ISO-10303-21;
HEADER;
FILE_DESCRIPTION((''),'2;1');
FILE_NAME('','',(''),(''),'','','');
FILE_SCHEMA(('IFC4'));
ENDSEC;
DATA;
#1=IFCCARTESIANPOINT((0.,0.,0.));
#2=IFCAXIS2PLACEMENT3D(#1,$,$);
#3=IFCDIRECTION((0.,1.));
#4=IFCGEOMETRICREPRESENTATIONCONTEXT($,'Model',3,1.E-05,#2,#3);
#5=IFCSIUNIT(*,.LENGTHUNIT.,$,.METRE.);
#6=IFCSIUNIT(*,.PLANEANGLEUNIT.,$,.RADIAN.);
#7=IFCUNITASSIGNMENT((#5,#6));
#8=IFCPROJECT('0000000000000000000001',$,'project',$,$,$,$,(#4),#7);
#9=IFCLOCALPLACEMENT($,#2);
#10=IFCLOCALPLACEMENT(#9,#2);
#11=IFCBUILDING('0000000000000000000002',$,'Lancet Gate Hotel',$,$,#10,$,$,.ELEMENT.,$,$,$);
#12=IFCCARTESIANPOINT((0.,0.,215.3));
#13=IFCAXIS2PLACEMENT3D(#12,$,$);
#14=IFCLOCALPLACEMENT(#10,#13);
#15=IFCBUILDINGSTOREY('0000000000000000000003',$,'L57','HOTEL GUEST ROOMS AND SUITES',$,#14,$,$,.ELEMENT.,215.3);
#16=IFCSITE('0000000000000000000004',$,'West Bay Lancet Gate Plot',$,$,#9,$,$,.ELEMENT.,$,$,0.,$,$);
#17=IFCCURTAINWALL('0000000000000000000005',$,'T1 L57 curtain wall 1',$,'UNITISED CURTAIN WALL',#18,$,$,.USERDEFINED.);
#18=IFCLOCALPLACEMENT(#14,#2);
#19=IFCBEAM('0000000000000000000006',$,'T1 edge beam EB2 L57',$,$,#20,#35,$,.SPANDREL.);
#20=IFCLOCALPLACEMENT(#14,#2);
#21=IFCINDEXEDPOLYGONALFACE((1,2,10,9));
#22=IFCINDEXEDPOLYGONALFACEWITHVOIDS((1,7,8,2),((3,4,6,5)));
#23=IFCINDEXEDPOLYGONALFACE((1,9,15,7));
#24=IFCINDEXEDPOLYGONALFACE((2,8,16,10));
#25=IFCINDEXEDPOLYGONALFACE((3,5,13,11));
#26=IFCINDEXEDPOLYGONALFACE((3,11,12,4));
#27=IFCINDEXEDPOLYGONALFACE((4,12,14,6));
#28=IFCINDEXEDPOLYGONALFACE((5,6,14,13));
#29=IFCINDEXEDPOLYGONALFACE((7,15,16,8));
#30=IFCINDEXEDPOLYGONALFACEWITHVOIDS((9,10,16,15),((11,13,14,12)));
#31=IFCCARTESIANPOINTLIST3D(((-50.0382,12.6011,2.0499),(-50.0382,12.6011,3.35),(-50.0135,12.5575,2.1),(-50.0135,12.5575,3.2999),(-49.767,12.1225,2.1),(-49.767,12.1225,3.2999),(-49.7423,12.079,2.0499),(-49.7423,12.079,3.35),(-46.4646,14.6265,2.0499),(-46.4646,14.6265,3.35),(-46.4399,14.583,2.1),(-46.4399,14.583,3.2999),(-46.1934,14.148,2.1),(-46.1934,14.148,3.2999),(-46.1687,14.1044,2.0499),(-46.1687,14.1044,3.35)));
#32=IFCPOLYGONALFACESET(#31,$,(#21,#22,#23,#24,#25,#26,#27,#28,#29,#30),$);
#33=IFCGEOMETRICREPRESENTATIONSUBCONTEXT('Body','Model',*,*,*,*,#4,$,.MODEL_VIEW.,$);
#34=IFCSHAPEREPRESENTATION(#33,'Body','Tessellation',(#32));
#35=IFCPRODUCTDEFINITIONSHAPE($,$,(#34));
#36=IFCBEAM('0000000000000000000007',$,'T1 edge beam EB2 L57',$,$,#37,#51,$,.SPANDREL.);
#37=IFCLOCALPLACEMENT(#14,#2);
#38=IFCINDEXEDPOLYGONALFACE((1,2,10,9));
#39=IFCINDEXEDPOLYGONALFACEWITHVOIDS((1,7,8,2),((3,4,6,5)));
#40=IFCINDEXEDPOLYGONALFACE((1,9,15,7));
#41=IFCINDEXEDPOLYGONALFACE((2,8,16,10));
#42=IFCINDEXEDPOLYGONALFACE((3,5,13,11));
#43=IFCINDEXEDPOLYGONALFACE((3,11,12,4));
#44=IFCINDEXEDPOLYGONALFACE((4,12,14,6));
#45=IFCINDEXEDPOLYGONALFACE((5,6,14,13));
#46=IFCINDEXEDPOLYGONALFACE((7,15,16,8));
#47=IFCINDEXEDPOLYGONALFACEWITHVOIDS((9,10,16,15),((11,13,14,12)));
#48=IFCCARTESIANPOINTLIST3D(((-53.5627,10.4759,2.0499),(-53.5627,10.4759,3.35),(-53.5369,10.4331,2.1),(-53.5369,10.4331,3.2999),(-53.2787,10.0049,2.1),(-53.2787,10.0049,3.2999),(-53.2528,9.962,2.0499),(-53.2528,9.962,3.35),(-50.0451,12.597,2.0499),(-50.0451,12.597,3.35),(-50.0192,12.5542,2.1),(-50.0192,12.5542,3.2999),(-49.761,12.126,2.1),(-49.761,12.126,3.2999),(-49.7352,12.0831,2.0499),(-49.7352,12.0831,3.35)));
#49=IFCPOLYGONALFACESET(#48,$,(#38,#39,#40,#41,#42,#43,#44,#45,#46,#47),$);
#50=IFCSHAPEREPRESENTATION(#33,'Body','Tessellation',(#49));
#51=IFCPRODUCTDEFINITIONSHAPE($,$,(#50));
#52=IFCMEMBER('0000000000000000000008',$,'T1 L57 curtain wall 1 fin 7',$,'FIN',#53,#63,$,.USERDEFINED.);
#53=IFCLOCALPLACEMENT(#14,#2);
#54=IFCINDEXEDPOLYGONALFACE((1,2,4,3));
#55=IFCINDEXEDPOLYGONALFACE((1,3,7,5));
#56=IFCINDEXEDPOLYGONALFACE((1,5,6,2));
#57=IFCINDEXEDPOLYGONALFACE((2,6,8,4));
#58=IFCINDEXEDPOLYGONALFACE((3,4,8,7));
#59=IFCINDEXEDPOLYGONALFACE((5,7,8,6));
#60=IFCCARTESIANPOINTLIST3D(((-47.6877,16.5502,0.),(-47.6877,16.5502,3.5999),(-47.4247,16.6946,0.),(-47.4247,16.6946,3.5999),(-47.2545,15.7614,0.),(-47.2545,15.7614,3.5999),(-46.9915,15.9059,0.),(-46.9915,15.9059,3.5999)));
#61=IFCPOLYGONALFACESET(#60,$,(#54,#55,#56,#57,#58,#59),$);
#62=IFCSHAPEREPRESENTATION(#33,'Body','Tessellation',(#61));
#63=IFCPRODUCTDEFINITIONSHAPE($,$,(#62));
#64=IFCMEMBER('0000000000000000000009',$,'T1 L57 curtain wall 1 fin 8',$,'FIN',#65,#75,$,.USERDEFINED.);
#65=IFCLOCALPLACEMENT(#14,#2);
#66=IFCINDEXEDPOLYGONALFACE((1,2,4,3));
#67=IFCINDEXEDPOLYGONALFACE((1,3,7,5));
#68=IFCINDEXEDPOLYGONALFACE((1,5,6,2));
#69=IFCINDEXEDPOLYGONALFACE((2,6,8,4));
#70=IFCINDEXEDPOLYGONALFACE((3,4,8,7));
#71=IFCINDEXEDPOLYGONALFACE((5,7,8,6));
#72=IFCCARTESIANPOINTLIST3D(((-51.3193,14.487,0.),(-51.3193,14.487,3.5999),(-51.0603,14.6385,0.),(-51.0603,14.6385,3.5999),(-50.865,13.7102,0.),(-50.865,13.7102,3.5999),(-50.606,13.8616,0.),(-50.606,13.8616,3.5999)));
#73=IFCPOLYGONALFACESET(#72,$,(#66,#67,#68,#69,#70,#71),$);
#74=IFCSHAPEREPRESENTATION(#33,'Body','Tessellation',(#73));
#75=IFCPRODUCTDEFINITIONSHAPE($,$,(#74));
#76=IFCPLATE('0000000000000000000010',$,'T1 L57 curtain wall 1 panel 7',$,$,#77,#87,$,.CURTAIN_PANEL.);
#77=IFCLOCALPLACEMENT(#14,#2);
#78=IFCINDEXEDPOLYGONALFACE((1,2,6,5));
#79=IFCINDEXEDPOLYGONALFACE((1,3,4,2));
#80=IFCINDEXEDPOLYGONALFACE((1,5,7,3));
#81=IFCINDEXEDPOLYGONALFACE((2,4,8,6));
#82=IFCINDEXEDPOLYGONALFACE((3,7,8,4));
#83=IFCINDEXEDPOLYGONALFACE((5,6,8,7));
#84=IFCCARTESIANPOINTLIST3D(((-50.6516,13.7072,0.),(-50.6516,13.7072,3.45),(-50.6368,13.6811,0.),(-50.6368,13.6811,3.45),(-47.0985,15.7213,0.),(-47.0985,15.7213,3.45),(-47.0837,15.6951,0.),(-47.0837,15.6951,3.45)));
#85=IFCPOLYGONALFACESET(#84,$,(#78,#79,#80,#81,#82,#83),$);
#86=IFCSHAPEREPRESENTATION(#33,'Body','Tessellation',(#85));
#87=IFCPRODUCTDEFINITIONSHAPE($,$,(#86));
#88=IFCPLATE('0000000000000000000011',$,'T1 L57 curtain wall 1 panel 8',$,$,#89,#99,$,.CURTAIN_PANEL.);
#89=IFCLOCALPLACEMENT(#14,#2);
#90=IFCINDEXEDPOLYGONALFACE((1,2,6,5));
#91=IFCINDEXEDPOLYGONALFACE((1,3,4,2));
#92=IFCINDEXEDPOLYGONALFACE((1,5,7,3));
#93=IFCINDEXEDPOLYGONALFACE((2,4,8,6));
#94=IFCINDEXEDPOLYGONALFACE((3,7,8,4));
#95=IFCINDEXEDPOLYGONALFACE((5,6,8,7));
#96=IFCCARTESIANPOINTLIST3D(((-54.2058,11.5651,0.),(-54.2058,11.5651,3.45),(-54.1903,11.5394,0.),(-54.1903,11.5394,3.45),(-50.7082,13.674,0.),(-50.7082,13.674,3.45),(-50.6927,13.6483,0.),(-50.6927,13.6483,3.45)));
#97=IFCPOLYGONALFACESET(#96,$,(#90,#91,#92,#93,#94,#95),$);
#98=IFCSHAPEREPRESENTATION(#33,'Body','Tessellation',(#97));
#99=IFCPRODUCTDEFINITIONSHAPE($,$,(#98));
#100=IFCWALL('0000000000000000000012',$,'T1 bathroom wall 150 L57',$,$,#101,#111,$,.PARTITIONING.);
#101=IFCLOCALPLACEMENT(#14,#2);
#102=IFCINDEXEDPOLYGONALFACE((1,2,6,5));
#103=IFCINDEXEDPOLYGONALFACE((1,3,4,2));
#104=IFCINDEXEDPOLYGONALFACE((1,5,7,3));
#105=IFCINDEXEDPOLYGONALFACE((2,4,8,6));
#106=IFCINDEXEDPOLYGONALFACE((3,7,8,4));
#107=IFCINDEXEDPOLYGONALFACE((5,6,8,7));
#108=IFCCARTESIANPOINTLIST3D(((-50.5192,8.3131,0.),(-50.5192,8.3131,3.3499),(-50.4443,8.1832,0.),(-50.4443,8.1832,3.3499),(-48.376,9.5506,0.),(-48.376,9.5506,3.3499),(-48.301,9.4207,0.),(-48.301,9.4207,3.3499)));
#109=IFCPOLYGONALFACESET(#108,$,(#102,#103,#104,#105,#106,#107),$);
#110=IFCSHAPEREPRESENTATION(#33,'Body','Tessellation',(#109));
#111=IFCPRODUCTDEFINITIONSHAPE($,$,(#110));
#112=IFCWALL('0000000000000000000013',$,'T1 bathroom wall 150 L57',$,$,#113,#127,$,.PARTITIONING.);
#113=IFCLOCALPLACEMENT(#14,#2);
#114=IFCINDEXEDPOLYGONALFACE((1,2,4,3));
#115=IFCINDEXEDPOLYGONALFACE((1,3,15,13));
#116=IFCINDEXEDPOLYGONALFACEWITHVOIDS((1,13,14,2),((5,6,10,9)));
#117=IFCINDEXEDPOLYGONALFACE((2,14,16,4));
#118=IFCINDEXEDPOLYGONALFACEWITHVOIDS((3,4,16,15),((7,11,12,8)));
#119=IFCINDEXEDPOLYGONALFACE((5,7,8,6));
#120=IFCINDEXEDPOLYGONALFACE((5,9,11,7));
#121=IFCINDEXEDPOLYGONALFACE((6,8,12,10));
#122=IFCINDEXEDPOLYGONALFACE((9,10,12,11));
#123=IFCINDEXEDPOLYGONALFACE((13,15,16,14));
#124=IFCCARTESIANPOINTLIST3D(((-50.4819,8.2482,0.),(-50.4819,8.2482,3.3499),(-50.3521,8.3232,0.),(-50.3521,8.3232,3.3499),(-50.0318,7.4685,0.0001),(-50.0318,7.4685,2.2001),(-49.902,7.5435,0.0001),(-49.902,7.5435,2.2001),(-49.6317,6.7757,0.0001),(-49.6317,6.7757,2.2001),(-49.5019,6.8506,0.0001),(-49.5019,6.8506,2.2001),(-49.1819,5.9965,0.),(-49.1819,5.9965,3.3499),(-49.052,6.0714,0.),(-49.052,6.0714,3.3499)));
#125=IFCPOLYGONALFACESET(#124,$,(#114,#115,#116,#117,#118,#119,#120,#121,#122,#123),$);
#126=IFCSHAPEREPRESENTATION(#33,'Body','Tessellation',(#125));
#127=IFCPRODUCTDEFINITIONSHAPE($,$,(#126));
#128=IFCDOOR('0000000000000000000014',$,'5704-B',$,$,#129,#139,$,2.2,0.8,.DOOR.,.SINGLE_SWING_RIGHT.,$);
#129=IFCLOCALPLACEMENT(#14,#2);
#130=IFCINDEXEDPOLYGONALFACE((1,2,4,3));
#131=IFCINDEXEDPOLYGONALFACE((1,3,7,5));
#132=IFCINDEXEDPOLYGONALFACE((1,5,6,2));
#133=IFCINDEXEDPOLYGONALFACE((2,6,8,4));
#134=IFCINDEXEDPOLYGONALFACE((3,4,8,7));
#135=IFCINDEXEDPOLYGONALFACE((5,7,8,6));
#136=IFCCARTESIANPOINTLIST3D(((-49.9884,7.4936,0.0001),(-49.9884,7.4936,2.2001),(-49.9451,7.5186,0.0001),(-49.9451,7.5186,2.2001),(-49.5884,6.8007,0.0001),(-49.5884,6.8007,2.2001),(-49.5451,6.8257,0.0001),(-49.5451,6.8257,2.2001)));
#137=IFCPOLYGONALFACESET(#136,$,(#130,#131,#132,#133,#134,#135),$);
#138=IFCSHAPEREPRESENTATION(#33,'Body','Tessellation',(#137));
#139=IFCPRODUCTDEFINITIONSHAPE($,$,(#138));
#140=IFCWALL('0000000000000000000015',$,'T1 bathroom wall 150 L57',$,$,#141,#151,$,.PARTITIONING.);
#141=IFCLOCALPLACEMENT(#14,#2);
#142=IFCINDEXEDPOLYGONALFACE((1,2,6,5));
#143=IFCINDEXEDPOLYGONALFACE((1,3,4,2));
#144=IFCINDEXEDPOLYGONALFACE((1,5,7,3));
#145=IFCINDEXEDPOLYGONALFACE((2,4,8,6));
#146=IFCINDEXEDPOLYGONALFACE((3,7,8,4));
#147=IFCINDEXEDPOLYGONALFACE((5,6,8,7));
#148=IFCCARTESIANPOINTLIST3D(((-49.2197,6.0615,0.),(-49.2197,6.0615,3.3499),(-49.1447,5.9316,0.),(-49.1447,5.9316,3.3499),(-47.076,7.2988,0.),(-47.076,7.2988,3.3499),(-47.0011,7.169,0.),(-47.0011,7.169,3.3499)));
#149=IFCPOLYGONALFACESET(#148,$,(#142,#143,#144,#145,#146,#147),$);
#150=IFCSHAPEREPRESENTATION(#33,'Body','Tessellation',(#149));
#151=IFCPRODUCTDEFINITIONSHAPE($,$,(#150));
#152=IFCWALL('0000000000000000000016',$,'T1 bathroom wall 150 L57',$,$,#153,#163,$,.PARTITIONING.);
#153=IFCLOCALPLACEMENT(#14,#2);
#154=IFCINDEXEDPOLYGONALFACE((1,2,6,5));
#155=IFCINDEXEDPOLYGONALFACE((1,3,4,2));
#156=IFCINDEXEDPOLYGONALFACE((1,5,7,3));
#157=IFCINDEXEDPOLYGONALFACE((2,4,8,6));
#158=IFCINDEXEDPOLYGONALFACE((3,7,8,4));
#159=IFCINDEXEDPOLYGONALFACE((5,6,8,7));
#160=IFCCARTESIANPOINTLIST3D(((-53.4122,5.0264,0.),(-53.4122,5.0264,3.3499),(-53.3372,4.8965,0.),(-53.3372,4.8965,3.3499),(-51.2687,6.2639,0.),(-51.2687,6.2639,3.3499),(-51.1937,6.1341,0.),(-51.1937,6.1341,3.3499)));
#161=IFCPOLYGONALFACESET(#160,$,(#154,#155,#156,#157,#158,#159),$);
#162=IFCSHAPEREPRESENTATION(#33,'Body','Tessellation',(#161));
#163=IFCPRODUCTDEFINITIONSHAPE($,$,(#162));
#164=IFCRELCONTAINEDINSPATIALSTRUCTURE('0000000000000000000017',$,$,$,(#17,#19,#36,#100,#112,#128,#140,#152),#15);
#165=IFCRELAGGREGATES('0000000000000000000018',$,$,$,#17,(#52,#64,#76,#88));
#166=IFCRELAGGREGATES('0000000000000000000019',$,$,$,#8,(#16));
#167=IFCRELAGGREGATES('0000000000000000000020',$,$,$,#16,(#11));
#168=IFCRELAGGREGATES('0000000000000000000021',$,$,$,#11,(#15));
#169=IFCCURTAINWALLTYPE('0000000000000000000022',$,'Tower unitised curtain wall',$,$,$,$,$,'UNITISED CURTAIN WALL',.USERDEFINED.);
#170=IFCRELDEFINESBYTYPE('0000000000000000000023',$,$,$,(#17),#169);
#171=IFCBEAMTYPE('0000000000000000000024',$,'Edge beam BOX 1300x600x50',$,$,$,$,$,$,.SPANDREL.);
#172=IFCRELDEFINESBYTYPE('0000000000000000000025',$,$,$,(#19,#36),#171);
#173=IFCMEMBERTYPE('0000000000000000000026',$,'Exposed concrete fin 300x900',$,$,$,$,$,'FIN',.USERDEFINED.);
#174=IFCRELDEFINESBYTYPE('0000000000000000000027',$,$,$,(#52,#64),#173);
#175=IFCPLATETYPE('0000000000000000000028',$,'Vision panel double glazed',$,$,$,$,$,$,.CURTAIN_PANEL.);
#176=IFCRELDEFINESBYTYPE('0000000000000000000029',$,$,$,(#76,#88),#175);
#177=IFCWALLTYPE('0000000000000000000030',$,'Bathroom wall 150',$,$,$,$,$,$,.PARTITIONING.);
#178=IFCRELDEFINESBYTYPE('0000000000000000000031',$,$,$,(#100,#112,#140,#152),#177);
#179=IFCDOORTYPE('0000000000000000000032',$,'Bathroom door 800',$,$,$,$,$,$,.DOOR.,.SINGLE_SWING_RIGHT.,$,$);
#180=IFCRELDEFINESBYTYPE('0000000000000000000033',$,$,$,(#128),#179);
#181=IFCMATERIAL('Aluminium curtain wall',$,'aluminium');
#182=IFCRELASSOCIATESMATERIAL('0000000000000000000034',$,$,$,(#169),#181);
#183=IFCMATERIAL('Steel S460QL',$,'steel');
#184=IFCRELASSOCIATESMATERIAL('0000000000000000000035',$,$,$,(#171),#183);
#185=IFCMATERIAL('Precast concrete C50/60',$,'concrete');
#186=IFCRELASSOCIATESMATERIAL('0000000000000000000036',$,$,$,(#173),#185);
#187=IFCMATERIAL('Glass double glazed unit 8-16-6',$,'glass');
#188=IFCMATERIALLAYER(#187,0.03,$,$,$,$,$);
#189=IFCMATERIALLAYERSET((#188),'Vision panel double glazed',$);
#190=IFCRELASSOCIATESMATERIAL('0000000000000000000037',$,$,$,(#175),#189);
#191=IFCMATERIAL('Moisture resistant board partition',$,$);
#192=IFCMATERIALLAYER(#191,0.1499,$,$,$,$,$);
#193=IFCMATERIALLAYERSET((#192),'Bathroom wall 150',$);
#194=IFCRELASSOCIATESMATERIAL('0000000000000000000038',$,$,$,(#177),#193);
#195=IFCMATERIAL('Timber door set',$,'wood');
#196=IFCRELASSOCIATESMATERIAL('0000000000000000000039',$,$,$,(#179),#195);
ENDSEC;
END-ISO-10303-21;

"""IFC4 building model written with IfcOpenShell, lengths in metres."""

from ifc_helpers import new_model, si_unit, direction, frame, frame_2d, origin, origin_2d, place, context, subcontext, project, spatial, rectangle, hollow_rectangle, extrude, material, layer, layer_set, material_profile, profile_set, type_object, element, fill, aggregate, save


model = new_model("IFC4")

# Units and contexts
model_context = context("Model", 3, precision=1e-05, world=origin(), true_north=direction((0.0, 1.0)))
body_context = subcontext(model_context, "Body", "Model", "MODEL_VIEW")
ifc_project = project(units=[si_unit("LENGTHUNIT", "METRE"), si_unit("PLANEANGLEUNIT", "RADIAN")], contexts=[model_context])

# Site, building, storey
site_placement = place(None, origin())
site = spatial("IfcSite", under=ifc_project, at=site_placement, Name="West Bay Lancet Gate Plot", CompositionType="ELEMENT", RefElevation=0.0)
building_placement = place(site_placement, origin())
building = spatial("IfcBuilding", under=site, at=building_placement, Name="Lancet Gate Hotel", CompositionType="ELEMENT")
storey_placement = place(building_placement, frame((0.0, 0.0, 215.3)))
storey = spatial("IfcBuildingStorey", under=building, at=storey_placement, Name="L57", Description="HOTEL GUEST ROOMS AND SUITES", CompositionType="ELEMENT", Elevation=215.3)

# Curtain wall
ifc_material_1 = material(Name="Aluminium curtain wall", Category="aluminium")
curtain_wall_type = type_object("IfcCurtainWallType", Name="Tower unitised curtain wall", ElementType="UNITISED CURTAIN WALL", PredefinedType="USERDEFINED", material=ifc_material_1)
curtain_wall_placement = place(storey_placement, origin())
curtain_wall = element("IfcCurtainWall", 1, at=curtain_wall_placement, inside=storey, type_object=curtain_wall_type, Name="T1 L57 curtain wall 1", ObjectType="UNITISED CURTAIN WALL", PredefinedType="USERDEFINED")

# Beams
ifc_material_2 = material(Name="Steel S460QL", Category="steel")
ifc_material_profile_1 = material_profile(ifc_material_2, hollow_rectangle(XDim=0.6001, YDim=1.3, WallThickness=0.05, at=origin_2d()), Name="BOX 1300x600x50")
ifc_profile_set_1 = profile_set([ifc_material_profile_1], Name="Steel S460QL")
beam_type = type_object("IfcBeamType", Name="Edge beam BOX 1300x600x50", PredefinedType="SPANDREL", material=ifc_profile_set_1)
for number, where, z_axis, x_axis, name in (
    (2, (-46.3167, 14.3655, 2.7), (-0.869979, -0.493089, 0.0), (0.493089, -0.869979, 0.0), "T1 edge beam EB2 L57"),
    (3, (-49.8901, 12.3401, 2.7), (-0.856358, -0.516382, 0.0), (0.516382, -0.856358, 0.0), "T1 edge beam EB2 L57"),
):
    element("IfcBeam", number, at=place(storey_placement, frame(where, z_axis=z_axis, x_axis=x_axis)), inside=storey, type_object=beam_type, Name=name, PredefinedType="SPANDREL", context=body_context, shape_type="SweptSolid", body=[
        extrude(hollow_rectangle(XDim=0.6001, YDim=1.3, WallThickness=0.05, at=origin_2d()), origin(), (0.0, 0.0, 1.0), 4.1077),
    ])

# Members
ifc_material_3 = material(Name="Precast concrete C50/60", Category="concrete")
ifc_material_profile_2 = material_profile(ifc_material_3, rectangle(XDim=0.3, YDim=0.8999, at=origin_2d()), Name="FIN 300x900")
ifc_profile_set_2 = profile_set([ifc_material_profile_2], Name="Precast concrete C50/60")
member_type_1 = type_object("IfcMemberType", Name="Exposed concrete fin 300x900", ElementType="FIN", PredefinedType="USERDEFINED", material=ifc_profile_set_2)
member_1_placement = place(storey_placement, frame((-47.3396, 16.228, 0.0), z_axis=(0.0, 0.0, 1.0), x_axis=(-0.876516, -0.481372, 0.0)))
member_1 = element("IfcMember", 4, at=member_1_placement, type_object=member_type_1, Name="T1 L57 curtain wall 1 fin 7", ObjectType="FIN", PredefinedType="USERDEFINED", context=body_context, shape_type="SweptSolid", body=[
    extrude(rectangle(XDim=0.3, YDim=0.8999, at=origin_2d()), origin(), (0.0, 0.0, 1.0), 3.5999),
])
member_2_placement = place(storey_placement, frame((-50.9626, 14.1743, 0.0), z_axis=(0.0, 0.0, 1.0), x_axis=(-0.863242, -0.50479, 0.0)))
member_2 = element("IfcMember", 5, at=member_2_placement, type_object=member_type_1, Name="T1 L57 curtain wall 1 fin 8", ObjectType="FIN", PredefinedType="USERDEFINED", context=body_context, shape_type="SweptSolid", body=[
    extrude(rectangle(XDim=0.3, YDim=0.8999, at=origin_2d()), origin(), (0.0, 0.0, 1.0), 3.5999),
])

# Plates
ifc_material_4 = material(Name="Glass double glazed unit 8-16-6", Category="glass")
ifc_layer_1 = layer(ifc_material_4, 0.03)
ifc_layer_set_1 = layer_set([ifc_layer_1], Name="Vision panel double glazed")
plate_type = type_object("IfcPlateType", Name="Vision panel double glazed", PredefinedType="CURTAIN_PANEL", material=ifc_layer_set_1)
plate_1_placement = place(storey_placement, frame((-48.8677, 14.7012, 0.0), z_axis=(0.0, 0.0, 1.0), x_axis=(-0.869958, -0.493126, 0.0)))
plate_1 = element("IfcPlate", 6, at=plate_1_placement, type_object=plate_type, Name="T1 L57 curtain wall 1 panel 7", PredefinedType="CURTAIN_PANEL", context=body_context, shape_type="SweptSolid", body=[
    extrude(rectangle(XDim=4.0842, YDim=0.03, at=origin_2d()), origin(), (0.0, 0.0, 1.0), 3.45),
])
plate_2_placement = place(storey_placement, frame((-52.4492, 12.6067, 0.0), z_axis=(0.0, 0.0, 1.0), x_axis=(-0.85637, -0.516363, 0.0)))
plate_2 = element("IfcPlate", 7, at=plate_2_placement, type_object=plate_type, Name="T1 L57 curtain wall 1 panel 8", PredefinedType="CURTAIN_PANEL", context=body_context, shape_type="SweptSolid", body=[
    extrude(rectangle(XDim=4.0842, YDim=0.03, at=origin_2d()), origin(), (0.0, 0.0, 1.0), 3.45),
])
aggregate(curtain_wall, [member_1, member_2, plate_1, plate_2])

# Wall
ifc_material_5 = material(Name="Moisture resistant board partition")
ifc_layer_2 = layer(ifc_material_5, 0.1499)
ifc_layer_set_2 = layer_set([ifc_layer_2], Name="Bathroom wall 150")
wall_type_1 = type_object("IfcWallType", Name="Bathroom wall 150", PredefinedType="PARTITIONING", material=ifc_layer_set_2)
wall_1_placement = place(storey_placement, frame((-48.3386, 9.4856, 0.0), z_axis=(0.0, 0.0, 1.0), x_axis=(-0.866007, -0.500033, 0.0)))
element("IfcWall", 8, at=wall_1_placement, inside=storey, type_object=wall_type_1, Name="T1 bathroom wall 150 L57", PredefinedType="PARTITIONING", context=body_context, shape_type="SweptSolid", body=[
    extrude(rectangle(XDim=2.4749, YDim=0.1499, at=frame_2d((1.2373, 0.0))), origin(), (0.0, 0.0, 1.0), 3.3499),
])

# Wall, opening, door
wall_2_placement = place(storey_placement, frame((-49.1169, 6.0339, 0.0), z_axis=(0.0, 0.0, 1.0), x_axis=(-0.500007, 0.866021, 0.0)))
wall_2 = element("IfcWall", 9, at=wall_2_placement, inside=storey, type_object=wall_type_1, Name="T1 bathroom wall 150 L57", PredefinedType="PARTITIONING", context=body_context, shape_type="SweptSolid", body=[
    extrude(rectangle(XDim=2.6001, YDim=0.1499, at=frame_2d((1.3, 0.0))), origin(), (0.0, 0.0, 1.0), 3.3499),
])
opening_1_placement = place(wall_2_placement, frame((0.8999, 0.0, 0.0)))
opening_1 = element("IfcOpeningElement", 10, at=opening_1_placement, cuts=wall_2, PredefinedType="OPENING", context=body_context, shape_type="SweptSolid", body=[
    extrude(rectangle(XDim=0.8, YDim=2.2, at=frame_2d((0.3999, 1.1001))), frame((0.0, 0.085, 0.0), z_axis=(0.0, -1.0, 0.0), x_axis=(1.0, 0.0, 0.0)), (0.0, 0.0, 1.0), 0.1699),
])
ifc_material_6 = material(Name="Timber door set", Category="wood")
door_type = type_object("IfcDoorType", Name="Bathroom door 800", OperationType="SINGLE_SWING_RIGHT", PredefinedType="DOOR", material=ifc_material_6)
door_1_placement = place(opening_1_placement, origin())
door_1 = element("IfcDoor", 11, at=door_1_placement, inside=storey, type_object=door_type, Name="5704-B", OperationType="SINGLE_SWING_RIGHT", OverallHeight=2.2, OverallWidth=0.8, PredefinedType="DOOR", context=body_context, shape_type="SweptSolid", body=[
    extrude(rectangle(XDim=0.8, YDim=2.2, at=frame_2d((0.3999, 1.1001))), frame((0.0, 0.0249, 0.0), z_axis=(0.0, -1.0, 0.0), x_axis=(1.0, 0.0, 0.0)), (0.0, 0.0, 1.0), 0.05),
])
fill(opening_1, door_1)

# Walls
for number, where, z_axis, x_axis, name in (
    (12, (-47.0386, 7.2339, 0.0), (0.0, 0.0, 1.0), (-0.866074, -0.499916, 0.0), "T1 bathroom wall 150 L57"),
    (13, (-51.2312, 6.199, 0.0), (0.0, 0.0, 1.0), (-0.866031, -0.49999, 0.0), "T1 bathroom wall 150 L57"),
):
    element("IfcWall", number, at=place(storey_placement, frame(where, z_axis=z_axis, x_axis=x_axis)), inside=storey, type_object=wall_type_1, Name=name, PredefinedType="PARTITIONING", context=body_context, shape_type="SweptSolid", body=[
        extrude(rectangle(XDim=2.4751, YDim=0.1499, at=frame_2d((1.2375, 0.0))), origin(), (0.0, 0.0, 1.0), 3.3499),
    ])

save(model, "model.ifc")
